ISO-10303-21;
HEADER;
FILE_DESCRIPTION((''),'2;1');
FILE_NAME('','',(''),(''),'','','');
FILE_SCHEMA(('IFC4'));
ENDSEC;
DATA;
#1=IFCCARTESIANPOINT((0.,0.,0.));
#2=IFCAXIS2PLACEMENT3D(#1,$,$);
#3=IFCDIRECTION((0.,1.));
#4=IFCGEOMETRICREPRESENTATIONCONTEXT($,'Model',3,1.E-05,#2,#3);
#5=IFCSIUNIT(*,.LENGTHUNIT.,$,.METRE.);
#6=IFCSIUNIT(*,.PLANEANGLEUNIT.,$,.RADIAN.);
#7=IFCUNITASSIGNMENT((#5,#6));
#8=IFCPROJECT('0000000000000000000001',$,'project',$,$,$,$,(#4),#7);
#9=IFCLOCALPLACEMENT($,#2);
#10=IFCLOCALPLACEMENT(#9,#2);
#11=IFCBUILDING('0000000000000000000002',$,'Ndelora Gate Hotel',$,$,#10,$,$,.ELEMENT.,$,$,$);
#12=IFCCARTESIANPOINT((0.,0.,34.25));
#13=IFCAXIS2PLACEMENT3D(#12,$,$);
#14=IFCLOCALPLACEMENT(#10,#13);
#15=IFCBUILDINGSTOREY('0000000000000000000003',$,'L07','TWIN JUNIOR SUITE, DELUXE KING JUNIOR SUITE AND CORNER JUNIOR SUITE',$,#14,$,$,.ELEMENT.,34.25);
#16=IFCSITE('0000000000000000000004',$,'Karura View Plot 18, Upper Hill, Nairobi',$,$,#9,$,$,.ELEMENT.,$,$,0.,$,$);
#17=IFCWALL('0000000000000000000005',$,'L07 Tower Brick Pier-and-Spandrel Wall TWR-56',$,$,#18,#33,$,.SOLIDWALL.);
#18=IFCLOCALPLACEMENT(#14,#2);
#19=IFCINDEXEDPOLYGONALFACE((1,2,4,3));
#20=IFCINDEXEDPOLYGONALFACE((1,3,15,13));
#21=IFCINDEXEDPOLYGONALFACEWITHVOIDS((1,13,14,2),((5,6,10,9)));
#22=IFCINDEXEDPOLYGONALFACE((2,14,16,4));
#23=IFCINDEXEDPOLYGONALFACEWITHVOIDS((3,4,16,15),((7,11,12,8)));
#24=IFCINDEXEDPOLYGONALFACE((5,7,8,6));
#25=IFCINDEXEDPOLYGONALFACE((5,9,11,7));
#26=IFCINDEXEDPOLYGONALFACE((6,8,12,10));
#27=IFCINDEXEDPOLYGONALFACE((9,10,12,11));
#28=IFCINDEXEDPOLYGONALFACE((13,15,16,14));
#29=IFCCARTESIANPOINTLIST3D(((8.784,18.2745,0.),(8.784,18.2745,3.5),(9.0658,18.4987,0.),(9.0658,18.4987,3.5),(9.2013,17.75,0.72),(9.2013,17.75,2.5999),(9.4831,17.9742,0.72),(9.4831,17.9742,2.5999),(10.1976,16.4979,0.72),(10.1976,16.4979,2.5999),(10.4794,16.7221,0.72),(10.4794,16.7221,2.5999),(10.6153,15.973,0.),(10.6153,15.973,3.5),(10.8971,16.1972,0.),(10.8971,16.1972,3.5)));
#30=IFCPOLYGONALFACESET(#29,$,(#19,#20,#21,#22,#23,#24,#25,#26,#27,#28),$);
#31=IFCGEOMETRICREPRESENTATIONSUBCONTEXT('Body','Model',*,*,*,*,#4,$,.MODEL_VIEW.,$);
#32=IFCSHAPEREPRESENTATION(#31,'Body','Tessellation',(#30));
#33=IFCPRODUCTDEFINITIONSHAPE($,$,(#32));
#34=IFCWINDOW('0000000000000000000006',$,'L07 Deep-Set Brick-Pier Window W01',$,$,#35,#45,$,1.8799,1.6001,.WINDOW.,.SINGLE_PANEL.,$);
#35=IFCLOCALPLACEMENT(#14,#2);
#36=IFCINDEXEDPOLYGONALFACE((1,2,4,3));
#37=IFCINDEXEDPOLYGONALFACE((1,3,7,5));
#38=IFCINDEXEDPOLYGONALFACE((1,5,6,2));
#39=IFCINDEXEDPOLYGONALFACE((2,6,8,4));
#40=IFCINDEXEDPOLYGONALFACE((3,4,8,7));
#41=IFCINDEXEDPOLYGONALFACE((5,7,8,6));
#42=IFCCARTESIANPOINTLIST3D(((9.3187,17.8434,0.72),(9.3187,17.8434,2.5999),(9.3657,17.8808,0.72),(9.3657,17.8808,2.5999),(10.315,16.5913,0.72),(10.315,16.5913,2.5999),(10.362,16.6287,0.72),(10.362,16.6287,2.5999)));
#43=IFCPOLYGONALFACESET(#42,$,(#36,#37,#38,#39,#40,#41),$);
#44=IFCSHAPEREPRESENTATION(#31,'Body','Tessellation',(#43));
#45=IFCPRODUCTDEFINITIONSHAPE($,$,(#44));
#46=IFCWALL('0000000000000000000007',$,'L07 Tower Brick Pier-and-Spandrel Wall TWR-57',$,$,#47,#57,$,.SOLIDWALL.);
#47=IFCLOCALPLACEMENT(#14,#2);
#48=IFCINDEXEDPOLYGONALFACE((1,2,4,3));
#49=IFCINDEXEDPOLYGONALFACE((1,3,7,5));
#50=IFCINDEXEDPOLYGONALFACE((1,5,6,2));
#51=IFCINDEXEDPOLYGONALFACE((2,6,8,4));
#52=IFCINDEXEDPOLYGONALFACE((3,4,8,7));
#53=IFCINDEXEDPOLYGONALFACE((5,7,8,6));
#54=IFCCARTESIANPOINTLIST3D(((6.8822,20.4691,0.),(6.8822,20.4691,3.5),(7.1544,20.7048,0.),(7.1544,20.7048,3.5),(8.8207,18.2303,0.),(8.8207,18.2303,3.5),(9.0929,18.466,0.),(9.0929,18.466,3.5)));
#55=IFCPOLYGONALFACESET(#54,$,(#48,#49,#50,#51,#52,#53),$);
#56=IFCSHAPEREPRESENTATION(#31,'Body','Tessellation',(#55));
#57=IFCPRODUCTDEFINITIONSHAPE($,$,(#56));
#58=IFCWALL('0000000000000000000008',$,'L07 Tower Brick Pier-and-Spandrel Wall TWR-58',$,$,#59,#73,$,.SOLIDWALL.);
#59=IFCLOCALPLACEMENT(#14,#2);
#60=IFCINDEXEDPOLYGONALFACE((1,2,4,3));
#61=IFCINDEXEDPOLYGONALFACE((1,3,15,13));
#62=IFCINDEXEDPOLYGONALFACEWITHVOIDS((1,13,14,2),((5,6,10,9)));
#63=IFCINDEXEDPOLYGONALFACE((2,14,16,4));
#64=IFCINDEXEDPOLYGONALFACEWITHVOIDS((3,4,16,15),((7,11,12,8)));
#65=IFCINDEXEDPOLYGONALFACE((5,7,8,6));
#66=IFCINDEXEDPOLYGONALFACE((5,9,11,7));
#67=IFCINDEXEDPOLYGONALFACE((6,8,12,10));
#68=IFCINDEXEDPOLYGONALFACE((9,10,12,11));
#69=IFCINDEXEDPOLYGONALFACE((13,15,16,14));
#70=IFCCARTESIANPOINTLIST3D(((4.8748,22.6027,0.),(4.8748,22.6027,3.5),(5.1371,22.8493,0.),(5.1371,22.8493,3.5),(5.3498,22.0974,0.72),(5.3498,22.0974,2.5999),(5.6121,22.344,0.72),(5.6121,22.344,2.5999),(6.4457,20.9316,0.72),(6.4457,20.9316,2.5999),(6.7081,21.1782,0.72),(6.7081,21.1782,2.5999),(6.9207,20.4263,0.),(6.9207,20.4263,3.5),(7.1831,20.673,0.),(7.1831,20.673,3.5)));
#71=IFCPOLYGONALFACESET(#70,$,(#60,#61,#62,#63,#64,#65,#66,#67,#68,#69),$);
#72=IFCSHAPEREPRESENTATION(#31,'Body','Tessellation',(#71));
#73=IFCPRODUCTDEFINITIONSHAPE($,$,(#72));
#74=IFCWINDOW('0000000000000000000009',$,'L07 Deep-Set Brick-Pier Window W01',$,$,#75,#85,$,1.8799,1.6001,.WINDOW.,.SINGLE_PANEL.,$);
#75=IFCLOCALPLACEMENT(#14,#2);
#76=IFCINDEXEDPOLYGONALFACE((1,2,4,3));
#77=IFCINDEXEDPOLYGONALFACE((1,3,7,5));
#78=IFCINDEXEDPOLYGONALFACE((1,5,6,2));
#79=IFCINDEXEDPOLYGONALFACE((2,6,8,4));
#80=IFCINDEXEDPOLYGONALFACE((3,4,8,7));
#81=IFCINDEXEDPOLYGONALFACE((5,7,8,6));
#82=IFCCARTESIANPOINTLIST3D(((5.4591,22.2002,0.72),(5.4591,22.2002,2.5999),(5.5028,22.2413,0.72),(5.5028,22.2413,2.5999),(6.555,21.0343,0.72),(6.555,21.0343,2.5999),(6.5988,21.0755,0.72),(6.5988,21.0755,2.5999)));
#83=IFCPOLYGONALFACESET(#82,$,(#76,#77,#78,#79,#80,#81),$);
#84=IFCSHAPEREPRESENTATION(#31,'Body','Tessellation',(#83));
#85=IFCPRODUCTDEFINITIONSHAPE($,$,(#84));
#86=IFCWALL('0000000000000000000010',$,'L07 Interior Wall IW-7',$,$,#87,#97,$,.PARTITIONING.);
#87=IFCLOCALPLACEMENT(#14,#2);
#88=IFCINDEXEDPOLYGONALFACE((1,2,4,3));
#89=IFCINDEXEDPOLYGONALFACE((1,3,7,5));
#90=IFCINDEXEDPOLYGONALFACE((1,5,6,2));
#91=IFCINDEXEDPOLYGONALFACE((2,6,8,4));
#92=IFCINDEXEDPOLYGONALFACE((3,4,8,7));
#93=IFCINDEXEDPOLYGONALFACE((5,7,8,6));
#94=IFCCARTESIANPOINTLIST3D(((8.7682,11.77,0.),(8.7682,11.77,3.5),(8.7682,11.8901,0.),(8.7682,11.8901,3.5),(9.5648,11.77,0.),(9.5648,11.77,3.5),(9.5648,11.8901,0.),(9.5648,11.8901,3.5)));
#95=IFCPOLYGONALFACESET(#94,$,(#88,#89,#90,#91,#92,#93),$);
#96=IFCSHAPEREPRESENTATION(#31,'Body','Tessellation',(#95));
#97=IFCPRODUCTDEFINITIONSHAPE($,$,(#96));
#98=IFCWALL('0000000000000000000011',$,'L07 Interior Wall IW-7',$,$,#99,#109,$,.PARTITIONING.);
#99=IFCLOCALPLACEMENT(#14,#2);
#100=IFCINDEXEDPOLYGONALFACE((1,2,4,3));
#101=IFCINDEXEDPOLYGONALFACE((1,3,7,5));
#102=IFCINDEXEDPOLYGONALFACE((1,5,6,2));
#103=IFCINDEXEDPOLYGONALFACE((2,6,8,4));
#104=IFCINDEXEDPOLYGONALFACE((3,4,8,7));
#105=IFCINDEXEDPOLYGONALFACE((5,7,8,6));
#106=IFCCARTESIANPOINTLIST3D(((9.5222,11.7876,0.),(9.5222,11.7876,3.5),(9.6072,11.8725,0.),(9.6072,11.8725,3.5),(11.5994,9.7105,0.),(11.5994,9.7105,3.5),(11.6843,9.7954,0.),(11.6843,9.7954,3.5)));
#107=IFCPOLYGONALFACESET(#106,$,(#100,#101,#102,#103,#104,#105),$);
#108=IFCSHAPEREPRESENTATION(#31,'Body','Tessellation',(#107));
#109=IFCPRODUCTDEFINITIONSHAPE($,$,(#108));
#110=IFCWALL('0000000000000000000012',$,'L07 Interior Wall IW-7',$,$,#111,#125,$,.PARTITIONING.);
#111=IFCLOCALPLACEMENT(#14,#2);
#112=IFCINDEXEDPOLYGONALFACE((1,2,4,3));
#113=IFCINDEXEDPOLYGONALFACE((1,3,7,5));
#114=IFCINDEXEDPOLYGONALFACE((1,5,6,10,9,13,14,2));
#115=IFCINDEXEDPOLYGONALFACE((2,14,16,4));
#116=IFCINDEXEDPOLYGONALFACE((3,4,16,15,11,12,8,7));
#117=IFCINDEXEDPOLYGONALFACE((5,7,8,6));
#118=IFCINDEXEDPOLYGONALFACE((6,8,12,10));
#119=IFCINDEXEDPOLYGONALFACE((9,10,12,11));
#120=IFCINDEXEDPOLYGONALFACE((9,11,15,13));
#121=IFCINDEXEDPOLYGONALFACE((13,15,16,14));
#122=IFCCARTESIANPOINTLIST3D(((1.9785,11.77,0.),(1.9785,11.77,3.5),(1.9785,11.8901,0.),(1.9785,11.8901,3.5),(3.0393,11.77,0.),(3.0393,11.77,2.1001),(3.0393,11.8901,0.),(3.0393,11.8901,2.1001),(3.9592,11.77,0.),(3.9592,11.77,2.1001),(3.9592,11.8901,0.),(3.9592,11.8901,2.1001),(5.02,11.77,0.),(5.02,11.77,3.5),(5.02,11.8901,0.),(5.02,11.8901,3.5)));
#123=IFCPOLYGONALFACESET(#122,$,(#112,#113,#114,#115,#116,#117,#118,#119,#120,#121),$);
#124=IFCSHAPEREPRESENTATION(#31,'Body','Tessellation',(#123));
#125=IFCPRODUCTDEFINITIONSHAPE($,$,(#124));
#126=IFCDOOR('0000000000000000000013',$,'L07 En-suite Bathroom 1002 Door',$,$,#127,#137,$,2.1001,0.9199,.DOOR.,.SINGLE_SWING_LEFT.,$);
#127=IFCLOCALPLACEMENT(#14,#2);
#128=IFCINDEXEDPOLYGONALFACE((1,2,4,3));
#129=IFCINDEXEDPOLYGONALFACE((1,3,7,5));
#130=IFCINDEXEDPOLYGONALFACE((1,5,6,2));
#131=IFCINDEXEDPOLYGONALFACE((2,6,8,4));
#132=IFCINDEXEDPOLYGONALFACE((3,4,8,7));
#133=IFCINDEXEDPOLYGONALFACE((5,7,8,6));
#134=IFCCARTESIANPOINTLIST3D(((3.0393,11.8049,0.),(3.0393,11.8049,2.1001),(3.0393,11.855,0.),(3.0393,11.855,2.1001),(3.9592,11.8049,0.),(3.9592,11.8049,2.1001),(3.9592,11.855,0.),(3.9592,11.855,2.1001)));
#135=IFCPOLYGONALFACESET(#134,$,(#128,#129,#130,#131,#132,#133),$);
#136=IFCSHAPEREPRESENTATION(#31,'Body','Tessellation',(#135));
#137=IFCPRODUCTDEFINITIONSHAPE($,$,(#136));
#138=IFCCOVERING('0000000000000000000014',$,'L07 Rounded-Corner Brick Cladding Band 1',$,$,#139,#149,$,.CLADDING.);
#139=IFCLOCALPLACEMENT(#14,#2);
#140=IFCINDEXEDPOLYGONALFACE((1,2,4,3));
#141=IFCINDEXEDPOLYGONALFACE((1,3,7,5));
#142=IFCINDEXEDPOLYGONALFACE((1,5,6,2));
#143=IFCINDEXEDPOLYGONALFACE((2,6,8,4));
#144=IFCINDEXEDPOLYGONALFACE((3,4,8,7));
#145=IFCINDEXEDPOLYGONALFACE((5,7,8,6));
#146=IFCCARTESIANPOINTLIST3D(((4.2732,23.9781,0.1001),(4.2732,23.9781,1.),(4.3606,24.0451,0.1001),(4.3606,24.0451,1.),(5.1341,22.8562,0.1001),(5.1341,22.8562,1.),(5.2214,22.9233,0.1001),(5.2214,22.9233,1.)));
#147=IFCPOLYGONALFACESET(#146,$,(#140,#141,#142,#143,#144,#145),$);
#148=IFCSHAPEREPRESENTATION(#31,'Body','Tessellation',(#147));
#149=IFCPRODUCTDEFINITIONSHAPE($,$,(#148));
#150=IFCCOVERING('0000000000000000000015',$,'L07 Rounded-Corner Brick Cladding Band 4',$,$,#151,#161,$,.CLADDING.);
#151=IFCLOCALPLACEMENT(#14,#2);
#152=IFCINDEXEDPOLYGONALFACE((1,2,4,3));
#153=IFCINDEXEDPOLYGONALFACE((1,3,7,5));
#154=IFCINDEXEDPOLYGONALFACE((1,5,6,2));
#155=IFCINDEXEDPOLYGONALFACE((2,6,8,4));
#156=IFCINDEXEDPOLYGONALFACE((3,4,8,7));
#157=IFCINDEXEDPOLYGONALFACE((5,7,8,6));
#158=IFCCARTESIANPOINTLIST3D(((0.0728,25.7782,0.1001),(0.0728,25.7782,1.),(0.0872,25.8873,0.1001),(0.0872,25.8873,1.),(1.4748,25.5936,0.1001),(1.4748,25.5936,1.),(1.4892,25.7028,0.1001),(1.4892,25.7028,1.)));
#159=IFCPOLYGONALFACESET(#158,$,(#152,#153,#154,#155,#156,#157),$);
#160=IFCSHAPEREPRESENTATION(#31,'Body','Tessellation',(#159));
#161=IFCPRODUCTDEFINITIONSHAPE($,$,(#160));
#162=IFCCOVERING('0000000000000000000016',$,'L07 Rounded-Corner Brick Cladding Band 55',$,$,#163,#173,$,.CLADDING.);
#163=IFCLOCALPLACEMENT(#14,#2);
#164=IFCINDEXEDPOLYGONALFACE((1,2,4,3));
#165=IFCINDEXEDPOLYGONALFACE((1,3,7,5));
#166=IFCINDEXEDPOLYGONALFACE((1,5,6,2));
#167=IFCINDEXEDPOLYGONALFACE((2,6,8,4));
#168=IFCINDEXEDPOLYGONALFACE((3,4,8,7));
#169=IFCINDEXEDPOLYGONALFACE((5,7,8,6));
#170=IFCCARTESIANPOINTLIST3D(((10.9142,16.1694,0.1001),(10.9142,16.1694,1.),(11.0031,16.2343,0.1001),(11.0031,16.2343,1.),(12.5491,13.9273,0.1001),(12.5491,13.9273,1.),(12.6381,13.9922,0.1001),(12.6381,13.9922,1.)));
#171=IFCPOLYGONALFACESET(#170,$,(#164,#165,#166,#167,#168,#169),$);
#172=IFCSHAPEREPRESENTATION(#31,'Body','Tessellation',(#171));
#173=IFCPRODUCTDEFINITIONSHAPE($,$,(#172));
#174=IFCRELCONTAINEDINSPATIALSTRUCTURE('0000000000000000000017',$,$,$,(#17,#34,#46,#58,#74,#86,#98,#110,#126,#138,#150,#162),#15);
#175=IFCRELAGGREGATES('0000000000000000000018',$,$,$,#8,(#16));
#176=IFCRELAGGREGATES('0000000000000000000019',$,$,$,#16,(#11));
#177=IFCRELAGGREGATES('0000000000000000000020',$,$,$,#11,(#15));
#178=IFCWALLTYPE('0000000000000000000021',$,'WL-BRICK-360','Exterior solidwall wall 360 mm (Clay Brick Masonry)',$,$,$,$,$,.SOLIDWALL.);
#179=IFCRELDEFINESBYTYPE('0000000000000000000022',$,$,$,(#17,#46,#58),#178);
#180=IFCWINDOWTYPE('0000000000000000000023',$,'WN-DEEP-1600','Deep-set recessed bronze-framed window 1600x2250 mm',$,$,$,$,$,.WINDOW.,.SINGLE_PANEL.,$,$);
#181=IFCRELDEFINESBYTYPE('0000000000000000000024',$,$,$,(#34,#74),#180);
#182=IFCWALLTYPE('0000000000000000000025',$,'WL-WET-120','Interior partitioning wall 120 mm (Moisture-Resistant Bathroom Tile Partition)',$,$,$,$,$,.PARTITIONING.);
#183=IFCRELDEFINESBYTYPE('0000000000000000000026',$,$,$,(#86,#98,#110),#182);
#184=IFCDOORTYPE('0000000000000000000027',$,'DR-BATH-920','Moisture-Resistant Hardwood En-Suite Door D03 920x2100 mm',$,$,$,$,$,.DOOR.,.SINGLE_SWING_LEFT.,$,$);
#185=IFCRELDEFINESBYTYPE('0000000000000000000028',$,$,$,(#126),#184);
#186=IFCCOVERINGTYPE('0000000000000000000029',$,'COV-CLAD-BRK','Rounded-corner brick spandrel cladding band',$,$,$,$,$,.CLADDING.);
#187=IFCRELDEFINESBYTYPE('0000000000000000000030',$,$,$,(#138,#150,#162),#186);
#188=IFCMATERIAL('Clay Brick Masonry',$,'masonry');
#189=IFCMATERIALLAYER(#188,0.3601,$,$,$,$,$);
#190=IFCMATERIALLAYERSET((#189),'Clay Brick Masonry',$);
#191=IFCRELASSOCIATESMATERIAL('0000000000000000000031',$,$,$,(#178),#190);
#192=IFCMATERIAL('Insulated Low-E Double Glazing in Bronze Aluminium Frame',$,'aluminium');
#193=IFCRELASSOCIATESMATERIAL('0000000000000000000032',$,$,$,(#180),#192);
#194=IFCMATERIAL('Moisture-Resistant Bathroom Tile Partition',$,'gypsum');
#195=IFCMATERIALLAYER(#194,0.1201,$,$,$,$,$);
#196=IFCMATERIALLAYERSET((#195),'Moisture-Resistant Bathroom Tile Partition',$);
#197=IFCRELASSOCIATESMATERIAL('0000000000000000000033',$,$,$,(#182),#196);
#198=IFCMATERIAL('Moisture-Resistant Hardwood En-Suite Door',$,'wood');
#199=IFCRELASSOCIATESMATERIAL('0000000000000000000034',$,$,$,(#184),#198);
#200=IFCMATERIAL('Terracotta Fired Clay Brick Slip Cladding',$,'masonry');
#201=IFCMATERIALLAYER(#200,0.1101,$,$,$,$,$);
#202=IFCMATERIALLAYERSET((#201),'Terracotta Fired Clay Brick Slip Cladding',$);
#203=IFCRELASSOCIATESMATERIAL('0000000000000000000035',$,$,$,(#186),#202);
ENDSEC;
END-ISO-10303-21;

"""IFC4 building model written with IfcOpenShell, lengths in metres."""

from ifc_helpers import new_model, si_unit, direction, frame, frame_2d, origin, origin_2d, place, context, subcontext, project, spatial, rectangle, extrude, material, layer, layer_set, type_object, element, fill, save


model = new_model("IFC4")

# Units and contexts
model_context = context("Model", 3, precision=1e-05, world=origin(), true_north=direction((0.0, 1.0)))
body_context = subcontext(model_context, "Body", "Model", "MODEL_VIEW")
ifc_project = project(units=[si_unit("LENGTHUNIT", "METRE"), si_unit("PLANEANGLEUNIT", "RADIAN")], contexts=[model_context])

# Site, building, storey
site_placement = place(None, origin())
site = spatial("IfcSite", under=ifc_project, at=site_placement, Name="Karura View Plot 18, Upper Hill, Nairobi", CompositionType="ELEMENT", RefElevation=0.0)
building_placement = place(site_placement, origin())
building = spatial("IfcBuilding", under=site, at=building_placement, Name="Ndelora Gate Hotel", CompositionType="ELEMENT")
storey_placement = place(building_placement, frame((0.0, 0.0, 34.25)))
storey = spatial("IfcBuildingStorey", under=building, at=storey_placement, Name="L07", Description="TWIN JUNIOR SUITE, DELUXE KING JUNIOR SUITE AND CORNER JUNIOR SUITE", CompositionType="ELEMENT", Elevation=34.25)

# Shared definitions
ifc_material_1 = material(Name="Clay Brick Masonry", Category="masonry")
ifc_layer_1 = layer(ifc_material_1, 0.3601)
ifc_layer_set_1 = layer_set([ifc_layer_1], Name="Clay Brick Masonry")
wall_type_1 = type_object("IfcWallType", Name="WL-BRICK-360", Description="Exterior solidwall wall 360 mm (Clay Brick Masonry)", PredefinedType="SOLIDWALL", material=ifc_layer_set_1)

# Wall, opening, window
ifc_material_2 = material(Name="Insulated Low-E Double Glazing in Bronze Aluminium Frame", Category="aluminium")
window_type = type_object("IfcWindowType", Name="WN-DEEP-1600", Description="Deep-set recessed bronze-framed window 1600x2250 mm", PartitioningType="SINGLE_PANEL", PredefinedType="WINDOW", material=ifc_material_2)
wall_1_placement = place(storey_placement, frame((8.9248, 18.3867, 0.0), z_axis=(0.0, 0.0, 1.0), x_axis=(0.622638, -0.78251, 0.0)))
wall_1 = element("IfcWall", 1, at=wall_1_placement, inside=storey, type_object=wall_type_1, Name="L07 Tower Brick Pier-and-Spandrel Wall TWR-56", PredefinedType="SOLIDWALL", context=body_context, shape_type="SweptSolid", body=[
    extrude(rectangle(XDim=2.9412, YDim=0.3601, at=frame_2d((1.4707, 0.0))), origin(), (0.0, 0.0, 1.0), 3.5),
])
opening_1_placement = place(wall_1_placement, frame((0.6704, 0.0, 0.72)))
opening_1 = element("IfcOpeningElement", 2, at=opening_1_placement, cuts=wall_1, PredefinedType="OPENING", context=body_context, shape_type="SweptSolid", body=[
    extrude(rectangle(XDim=1.6001, YDim=1.8799, at=frame_2d((0.8, 0.9399))), frame((0.0, 0.1899, 0.0), z_axis=(0.0, -1.0, 0.0), x_axis=(1.0, 0.0, 0.0)), (0.0, 0.0, 1.0), 0.3801),
])
window_1_placement = place(opening_1_placement, origin())
window_1 = element("IfcWindow", 3, at=window_1_placement, inside=storey, type_object=window_type, Name="L07 Deep-Set Brick-Pier Window W01", OverallHeight=1.8799, OverallWidth=1.6001, PartitioningType="SINGLE_PANEL", PredefinedType="WINDOW", context=body_context, shape_type="SweptSolid", body=[
    extrude(rectangle(XDim=1.6001, YDim=1.8799, at=frame_2d((0.8, 0.9399))), frame((0.0, 0.03, 0.0), z_axis=(0.0, -1.0, 0.0), x_axis=(1.0, 0.0, 0.0)), (0.0, 0.0, 1.0), 0.0601),
])
fill(opening_1, window_1)

# Wall
wall_2_placement = place(storey_placement, frame((7.0183, 20.5869, 0.0), z_axis=(0.0, 0.0, 1.0), x_axis=(0.654585, -0.755988, 0.0)))
element("IfcWall", 4, at=wall_2_placement, inside=storey, type_object=wall_type_1, Name="L07 Tower Brick Pier-and-Spandrel Wall TWR-57", PredefinedType="SOLIDWALL", context=body_context, shape_type="SweptSolid", body=[
    extrude(rectangle(XDim=2.9614, YDim=0.3601, at=frame_2d((1.4807, 0.0))), origin(), (0.0, 0.0, 1.0), 3.5),
])

# Wall, opening, window
wall_3_placement = place(storey_placement, frame((5.0059, 22.7261, 0.0), z_axis=(0.0, 0.0, 1.0), x_axis=(0.684946, -0.728593, 0.0)))
wall_3 = element("IfcWall", 5, at=wall_3_placement, inside=storey, type_object=wall_type_1, Name="L07 Tower Brick Pier-and-Spandrel Wall TWR-58", PredefinedType="SOLIDWALL", context=body_context, shape_type="SweptSolid", body=[
    extrude(rectangle(XDim=2.9871, YDim=0.3601, at=frame_2d((1.4937, 0.0))), origin(), (0.0, 0.0, 1.0), 3.5),
])
opening_2_placement = place(wall_3_placement, frame((0.6936, 0.0, 0.72)))
opening_2 = element("IfcOpeningElement", 6, at=opening_2_placement, cuts=wall_3, PredefinedType="OPENING", context=body_context, shape_type="SweptSolid", body=[
    extrude(rectangle(XDim=1.6001, YDim=1.8799, at=frame_2d((0.8, 0.9399))), frame((0.0, 0.1899, 0.0), z_axis=(0.0, -1.0, 0.0), x_axis=(1.0, 0.0, 0.0)), (0.0, 0.0, 1.0), 0.3801),
])
window_2_placement = place(opening_2_placement, origin())
window_2 = element("IfcWindow", 7, at=window_2_placement, inside=storey, type_object=window_type, Name="L07 Deep-Set Brick-Pier Window W01", OverallHeight=1.8799, OverallWidth=1.6001, PartitioningType="SINGLE_PANEL", PredefinedType="WINDOW", context=body_context, shape_type="SweptSolid", body=[
    extrude(rectangle(XDim=1.6001, YDim=1.8799, at=frame_2d((0.8, 0.9399))), frame((0.0, 0.03, 0.0), z_axis=(0.0, -1.0, 0.0), x_axis=(1.0, 0.0, 0.0)), (0.0, 0.0, 1.0), 0.0601),
])
fill(opening_2, window_2)

# Walls
ifc_material_3 = material(Name="Moisture-Resistant Bathroom Tile Partition", Category="gypsum")
ifc_layer_2 = layer(ifc_material_3, 0.1201)
ifc_layer_set_2 = layer_set([ifc_layer_2], Name="Moisture-Resistant Bathroom Tile Partition")
wall_type_2 = type_object("IfcWallType", Name="WL-WET-120", Description="Interior partitioning wall 120 mm (Moisture-Resistant Bathroom Tile Partition)", PredefinedType="PARTITIONING", material=ifc_layer_set_2)
wall_4_placement = place(storey_placement, frame((8.7681, 11.8301, 0.0), z_axis=(0.0, 0.0, 1.0), x_axis=(1.0, 0.0, 0.0)))
element("IfcWall", 8, at=wall_4_placement, inside=storey, type_object=wall_type_2, Name="L07 Interior Wall IW-7", PredefinedType="PARTITIONING", context=body_context, shape_type="SweptSolid", body=[
    extrude(rectangle(XDim=0.7966, YDim=0.1201, at=frame_2d((0.3984, 0.0))), origin(), (0.0, 0.0, 1.0), 3.5),
])
wall_5_placement = place(storey_placement, frame((9.5647, 11.8301, 0.0), z_axis=(0.0, 0.0, 1.0), x_axis=(0.707107, -0.707107, 0.0)))
element("IfcWall", 9, at=wall_5_placement, inside=storey, type_object=wall_type_2, Name="L07 Interior Wall IW-7", PredefinedType="PARTITIONING", context=body_context, shape_type="SweptSolid", body=[
    extrude(rectangle(XDim=2.9375, YDim=0.1201, at=frame_2d((1.4688, 0.0))), origin(), (0.0, 0.0, 1.0), 3.5),
])

# Wall, opening, door
wall_6_placement = place(storey_placement, frame((1.9785, 11.8301, 0.0), z_axis=(0.0, 0.0, 1.0), x_axis=(1.0, 0.0, 0.0)))
wall_6 = element("IfcWall", 10, at=wall_6_placement, inside=storey, type_object=wall_type_2, Name="L07 Interior Wall IW-7", PredefinedType="PARTITIONING", context=body_context, shape_type="SweptSolid", body=[
    extrude(rectangle(XDim=3.0415, YDim=0.1201, at=frame_2d((1.5208, 0.0))), origin(), (0.0, 0.0, 1.0), 3.5),
])
opening_3_placement = place(wall_6_placement, frame((1.0608, 0.0, 0.0)))
opening_3 = element("IfcOpeningElement", 11, at=opening_3_placement, cuts=wall_6, PredefinedType="OPENING", context=body_context, shape_type="SweptSolid", body=[
    extrude(rectangle(XDim=0.9199, YDim=2.1001, at=frame_2d((0.46, 1.05))), frame((0.0, 0.0701, 0.0), z_axis=(0.0, -1.0, 0.0), x_axis=(1.0, 0.0, 0.0)), (0.0, 0.0, 1.0), 0.1401),
])
ifc_material_4 = material(Name="Moisture-Resistant Hardwood En-Suite Door", Category="wood")
door_type = type_object("IfcDoorType", Name="DR-BATH-920", Description="Moisture-Resistant Hardwood En-Suite Door D03 920x2100 mm", OperationType="SINGLE_SWING_LEFT", PredefinedType="DOOR", material=ifc_material_4)
door_placement = place(opening_3_placement, origin())
door = element("IfcDoor", 12, at=door_placement, inside=storey, type_object=door_type, Name="L07 En-suite Bathroom 1002 Door", OperationType="SINGLE_SWING_LEFT", OverallHeight=2.1001, OverallWidth=0.9199, PredefinedType="DOOR", context=body_context, shape_type="SweptSolid", body=[
    extrude(rectangle(XDim=0.9199, YDim=2.1001, at=frame_2d((0.46, 1.05))), frame((0.0, 0.0249, 0.0), z_axis=(0.0, -1.0, 0.0), x_axis=(1.0, 0.0, 0.0)), (0.0, 0.0, 1.0), 0.05),
])
fill(opening_3, door)

# Coverings
ifc_material_5 = material(Name="Terracotta Fired Clay Brick Slip Cladding", Category="masonry")
ifc_layer_3 = layer(ifc_material_5, 0.1101)
ifc_layer_set_3 = layer_set([ifc_layer_3], Name="Terracotta Fired Clay Brick Slip Cladding")
covering_type_1 = type_object("IfcCoveringType", Name="COV-CLAD-BRK", Description="Rounded-corner brick spandrel cladding band", PredefinedType="CLADDING", material=ifc_layer_set_3)
for number, where, z_axis, x_axis, name in (
    (13, (4.7473, 23.4507, 0.1001), (0.0, 0.0, 1.0), (-0.608761, 0.793353, 0.0), "L07 Rounded-Corner Brick Cladding Band 1"),
    (14, (0.781, 25.7405, 0.1001), (0.0, 0.0, 1.0), (-0.991445, 0.130526, 0.0), "L07 Rounded-Corner Brick Cladding Band 4"),
):
    element("IfcCovering", number, at=place(storey_placement, frame(where, z_axis=z_axis, x_axis=x_axis)), inside=storey, type_object=covering_type_1, Name=name, PredefinedType="CLADDING", context=body_context, shape_type="SweptSolid", body=[
        extrude(rectangle(XDim=1.4141, YDim=0.1101, at=origin_2d()), origin(), (0.0, 0.0, 1.0), 0.8999),
    ])
covering_1_placement = place(storey_placement, frame((11.7761, 15.0808, 0.1001), z_axis=(0.0, 0.0, 1.0), x_axis=(-0.589196, 0.80799, 0.0)))
element("IfcCovering", 15, at=covering_1_placement, inside=storey, type_object=covering_type_1, Name="L07 Rounded-Corner Brick Cladding Band 55", PredefinedType="CLADDING", context=body_context, shape_type="SweptSolid", body=[
    extrude(rectangle(XDim=2.7749, YDim=0.1101, at=origin_2d()), origin(), (0.0, 0.0, 1.0), 0.8999),
])

save(model, "model.ifc")
